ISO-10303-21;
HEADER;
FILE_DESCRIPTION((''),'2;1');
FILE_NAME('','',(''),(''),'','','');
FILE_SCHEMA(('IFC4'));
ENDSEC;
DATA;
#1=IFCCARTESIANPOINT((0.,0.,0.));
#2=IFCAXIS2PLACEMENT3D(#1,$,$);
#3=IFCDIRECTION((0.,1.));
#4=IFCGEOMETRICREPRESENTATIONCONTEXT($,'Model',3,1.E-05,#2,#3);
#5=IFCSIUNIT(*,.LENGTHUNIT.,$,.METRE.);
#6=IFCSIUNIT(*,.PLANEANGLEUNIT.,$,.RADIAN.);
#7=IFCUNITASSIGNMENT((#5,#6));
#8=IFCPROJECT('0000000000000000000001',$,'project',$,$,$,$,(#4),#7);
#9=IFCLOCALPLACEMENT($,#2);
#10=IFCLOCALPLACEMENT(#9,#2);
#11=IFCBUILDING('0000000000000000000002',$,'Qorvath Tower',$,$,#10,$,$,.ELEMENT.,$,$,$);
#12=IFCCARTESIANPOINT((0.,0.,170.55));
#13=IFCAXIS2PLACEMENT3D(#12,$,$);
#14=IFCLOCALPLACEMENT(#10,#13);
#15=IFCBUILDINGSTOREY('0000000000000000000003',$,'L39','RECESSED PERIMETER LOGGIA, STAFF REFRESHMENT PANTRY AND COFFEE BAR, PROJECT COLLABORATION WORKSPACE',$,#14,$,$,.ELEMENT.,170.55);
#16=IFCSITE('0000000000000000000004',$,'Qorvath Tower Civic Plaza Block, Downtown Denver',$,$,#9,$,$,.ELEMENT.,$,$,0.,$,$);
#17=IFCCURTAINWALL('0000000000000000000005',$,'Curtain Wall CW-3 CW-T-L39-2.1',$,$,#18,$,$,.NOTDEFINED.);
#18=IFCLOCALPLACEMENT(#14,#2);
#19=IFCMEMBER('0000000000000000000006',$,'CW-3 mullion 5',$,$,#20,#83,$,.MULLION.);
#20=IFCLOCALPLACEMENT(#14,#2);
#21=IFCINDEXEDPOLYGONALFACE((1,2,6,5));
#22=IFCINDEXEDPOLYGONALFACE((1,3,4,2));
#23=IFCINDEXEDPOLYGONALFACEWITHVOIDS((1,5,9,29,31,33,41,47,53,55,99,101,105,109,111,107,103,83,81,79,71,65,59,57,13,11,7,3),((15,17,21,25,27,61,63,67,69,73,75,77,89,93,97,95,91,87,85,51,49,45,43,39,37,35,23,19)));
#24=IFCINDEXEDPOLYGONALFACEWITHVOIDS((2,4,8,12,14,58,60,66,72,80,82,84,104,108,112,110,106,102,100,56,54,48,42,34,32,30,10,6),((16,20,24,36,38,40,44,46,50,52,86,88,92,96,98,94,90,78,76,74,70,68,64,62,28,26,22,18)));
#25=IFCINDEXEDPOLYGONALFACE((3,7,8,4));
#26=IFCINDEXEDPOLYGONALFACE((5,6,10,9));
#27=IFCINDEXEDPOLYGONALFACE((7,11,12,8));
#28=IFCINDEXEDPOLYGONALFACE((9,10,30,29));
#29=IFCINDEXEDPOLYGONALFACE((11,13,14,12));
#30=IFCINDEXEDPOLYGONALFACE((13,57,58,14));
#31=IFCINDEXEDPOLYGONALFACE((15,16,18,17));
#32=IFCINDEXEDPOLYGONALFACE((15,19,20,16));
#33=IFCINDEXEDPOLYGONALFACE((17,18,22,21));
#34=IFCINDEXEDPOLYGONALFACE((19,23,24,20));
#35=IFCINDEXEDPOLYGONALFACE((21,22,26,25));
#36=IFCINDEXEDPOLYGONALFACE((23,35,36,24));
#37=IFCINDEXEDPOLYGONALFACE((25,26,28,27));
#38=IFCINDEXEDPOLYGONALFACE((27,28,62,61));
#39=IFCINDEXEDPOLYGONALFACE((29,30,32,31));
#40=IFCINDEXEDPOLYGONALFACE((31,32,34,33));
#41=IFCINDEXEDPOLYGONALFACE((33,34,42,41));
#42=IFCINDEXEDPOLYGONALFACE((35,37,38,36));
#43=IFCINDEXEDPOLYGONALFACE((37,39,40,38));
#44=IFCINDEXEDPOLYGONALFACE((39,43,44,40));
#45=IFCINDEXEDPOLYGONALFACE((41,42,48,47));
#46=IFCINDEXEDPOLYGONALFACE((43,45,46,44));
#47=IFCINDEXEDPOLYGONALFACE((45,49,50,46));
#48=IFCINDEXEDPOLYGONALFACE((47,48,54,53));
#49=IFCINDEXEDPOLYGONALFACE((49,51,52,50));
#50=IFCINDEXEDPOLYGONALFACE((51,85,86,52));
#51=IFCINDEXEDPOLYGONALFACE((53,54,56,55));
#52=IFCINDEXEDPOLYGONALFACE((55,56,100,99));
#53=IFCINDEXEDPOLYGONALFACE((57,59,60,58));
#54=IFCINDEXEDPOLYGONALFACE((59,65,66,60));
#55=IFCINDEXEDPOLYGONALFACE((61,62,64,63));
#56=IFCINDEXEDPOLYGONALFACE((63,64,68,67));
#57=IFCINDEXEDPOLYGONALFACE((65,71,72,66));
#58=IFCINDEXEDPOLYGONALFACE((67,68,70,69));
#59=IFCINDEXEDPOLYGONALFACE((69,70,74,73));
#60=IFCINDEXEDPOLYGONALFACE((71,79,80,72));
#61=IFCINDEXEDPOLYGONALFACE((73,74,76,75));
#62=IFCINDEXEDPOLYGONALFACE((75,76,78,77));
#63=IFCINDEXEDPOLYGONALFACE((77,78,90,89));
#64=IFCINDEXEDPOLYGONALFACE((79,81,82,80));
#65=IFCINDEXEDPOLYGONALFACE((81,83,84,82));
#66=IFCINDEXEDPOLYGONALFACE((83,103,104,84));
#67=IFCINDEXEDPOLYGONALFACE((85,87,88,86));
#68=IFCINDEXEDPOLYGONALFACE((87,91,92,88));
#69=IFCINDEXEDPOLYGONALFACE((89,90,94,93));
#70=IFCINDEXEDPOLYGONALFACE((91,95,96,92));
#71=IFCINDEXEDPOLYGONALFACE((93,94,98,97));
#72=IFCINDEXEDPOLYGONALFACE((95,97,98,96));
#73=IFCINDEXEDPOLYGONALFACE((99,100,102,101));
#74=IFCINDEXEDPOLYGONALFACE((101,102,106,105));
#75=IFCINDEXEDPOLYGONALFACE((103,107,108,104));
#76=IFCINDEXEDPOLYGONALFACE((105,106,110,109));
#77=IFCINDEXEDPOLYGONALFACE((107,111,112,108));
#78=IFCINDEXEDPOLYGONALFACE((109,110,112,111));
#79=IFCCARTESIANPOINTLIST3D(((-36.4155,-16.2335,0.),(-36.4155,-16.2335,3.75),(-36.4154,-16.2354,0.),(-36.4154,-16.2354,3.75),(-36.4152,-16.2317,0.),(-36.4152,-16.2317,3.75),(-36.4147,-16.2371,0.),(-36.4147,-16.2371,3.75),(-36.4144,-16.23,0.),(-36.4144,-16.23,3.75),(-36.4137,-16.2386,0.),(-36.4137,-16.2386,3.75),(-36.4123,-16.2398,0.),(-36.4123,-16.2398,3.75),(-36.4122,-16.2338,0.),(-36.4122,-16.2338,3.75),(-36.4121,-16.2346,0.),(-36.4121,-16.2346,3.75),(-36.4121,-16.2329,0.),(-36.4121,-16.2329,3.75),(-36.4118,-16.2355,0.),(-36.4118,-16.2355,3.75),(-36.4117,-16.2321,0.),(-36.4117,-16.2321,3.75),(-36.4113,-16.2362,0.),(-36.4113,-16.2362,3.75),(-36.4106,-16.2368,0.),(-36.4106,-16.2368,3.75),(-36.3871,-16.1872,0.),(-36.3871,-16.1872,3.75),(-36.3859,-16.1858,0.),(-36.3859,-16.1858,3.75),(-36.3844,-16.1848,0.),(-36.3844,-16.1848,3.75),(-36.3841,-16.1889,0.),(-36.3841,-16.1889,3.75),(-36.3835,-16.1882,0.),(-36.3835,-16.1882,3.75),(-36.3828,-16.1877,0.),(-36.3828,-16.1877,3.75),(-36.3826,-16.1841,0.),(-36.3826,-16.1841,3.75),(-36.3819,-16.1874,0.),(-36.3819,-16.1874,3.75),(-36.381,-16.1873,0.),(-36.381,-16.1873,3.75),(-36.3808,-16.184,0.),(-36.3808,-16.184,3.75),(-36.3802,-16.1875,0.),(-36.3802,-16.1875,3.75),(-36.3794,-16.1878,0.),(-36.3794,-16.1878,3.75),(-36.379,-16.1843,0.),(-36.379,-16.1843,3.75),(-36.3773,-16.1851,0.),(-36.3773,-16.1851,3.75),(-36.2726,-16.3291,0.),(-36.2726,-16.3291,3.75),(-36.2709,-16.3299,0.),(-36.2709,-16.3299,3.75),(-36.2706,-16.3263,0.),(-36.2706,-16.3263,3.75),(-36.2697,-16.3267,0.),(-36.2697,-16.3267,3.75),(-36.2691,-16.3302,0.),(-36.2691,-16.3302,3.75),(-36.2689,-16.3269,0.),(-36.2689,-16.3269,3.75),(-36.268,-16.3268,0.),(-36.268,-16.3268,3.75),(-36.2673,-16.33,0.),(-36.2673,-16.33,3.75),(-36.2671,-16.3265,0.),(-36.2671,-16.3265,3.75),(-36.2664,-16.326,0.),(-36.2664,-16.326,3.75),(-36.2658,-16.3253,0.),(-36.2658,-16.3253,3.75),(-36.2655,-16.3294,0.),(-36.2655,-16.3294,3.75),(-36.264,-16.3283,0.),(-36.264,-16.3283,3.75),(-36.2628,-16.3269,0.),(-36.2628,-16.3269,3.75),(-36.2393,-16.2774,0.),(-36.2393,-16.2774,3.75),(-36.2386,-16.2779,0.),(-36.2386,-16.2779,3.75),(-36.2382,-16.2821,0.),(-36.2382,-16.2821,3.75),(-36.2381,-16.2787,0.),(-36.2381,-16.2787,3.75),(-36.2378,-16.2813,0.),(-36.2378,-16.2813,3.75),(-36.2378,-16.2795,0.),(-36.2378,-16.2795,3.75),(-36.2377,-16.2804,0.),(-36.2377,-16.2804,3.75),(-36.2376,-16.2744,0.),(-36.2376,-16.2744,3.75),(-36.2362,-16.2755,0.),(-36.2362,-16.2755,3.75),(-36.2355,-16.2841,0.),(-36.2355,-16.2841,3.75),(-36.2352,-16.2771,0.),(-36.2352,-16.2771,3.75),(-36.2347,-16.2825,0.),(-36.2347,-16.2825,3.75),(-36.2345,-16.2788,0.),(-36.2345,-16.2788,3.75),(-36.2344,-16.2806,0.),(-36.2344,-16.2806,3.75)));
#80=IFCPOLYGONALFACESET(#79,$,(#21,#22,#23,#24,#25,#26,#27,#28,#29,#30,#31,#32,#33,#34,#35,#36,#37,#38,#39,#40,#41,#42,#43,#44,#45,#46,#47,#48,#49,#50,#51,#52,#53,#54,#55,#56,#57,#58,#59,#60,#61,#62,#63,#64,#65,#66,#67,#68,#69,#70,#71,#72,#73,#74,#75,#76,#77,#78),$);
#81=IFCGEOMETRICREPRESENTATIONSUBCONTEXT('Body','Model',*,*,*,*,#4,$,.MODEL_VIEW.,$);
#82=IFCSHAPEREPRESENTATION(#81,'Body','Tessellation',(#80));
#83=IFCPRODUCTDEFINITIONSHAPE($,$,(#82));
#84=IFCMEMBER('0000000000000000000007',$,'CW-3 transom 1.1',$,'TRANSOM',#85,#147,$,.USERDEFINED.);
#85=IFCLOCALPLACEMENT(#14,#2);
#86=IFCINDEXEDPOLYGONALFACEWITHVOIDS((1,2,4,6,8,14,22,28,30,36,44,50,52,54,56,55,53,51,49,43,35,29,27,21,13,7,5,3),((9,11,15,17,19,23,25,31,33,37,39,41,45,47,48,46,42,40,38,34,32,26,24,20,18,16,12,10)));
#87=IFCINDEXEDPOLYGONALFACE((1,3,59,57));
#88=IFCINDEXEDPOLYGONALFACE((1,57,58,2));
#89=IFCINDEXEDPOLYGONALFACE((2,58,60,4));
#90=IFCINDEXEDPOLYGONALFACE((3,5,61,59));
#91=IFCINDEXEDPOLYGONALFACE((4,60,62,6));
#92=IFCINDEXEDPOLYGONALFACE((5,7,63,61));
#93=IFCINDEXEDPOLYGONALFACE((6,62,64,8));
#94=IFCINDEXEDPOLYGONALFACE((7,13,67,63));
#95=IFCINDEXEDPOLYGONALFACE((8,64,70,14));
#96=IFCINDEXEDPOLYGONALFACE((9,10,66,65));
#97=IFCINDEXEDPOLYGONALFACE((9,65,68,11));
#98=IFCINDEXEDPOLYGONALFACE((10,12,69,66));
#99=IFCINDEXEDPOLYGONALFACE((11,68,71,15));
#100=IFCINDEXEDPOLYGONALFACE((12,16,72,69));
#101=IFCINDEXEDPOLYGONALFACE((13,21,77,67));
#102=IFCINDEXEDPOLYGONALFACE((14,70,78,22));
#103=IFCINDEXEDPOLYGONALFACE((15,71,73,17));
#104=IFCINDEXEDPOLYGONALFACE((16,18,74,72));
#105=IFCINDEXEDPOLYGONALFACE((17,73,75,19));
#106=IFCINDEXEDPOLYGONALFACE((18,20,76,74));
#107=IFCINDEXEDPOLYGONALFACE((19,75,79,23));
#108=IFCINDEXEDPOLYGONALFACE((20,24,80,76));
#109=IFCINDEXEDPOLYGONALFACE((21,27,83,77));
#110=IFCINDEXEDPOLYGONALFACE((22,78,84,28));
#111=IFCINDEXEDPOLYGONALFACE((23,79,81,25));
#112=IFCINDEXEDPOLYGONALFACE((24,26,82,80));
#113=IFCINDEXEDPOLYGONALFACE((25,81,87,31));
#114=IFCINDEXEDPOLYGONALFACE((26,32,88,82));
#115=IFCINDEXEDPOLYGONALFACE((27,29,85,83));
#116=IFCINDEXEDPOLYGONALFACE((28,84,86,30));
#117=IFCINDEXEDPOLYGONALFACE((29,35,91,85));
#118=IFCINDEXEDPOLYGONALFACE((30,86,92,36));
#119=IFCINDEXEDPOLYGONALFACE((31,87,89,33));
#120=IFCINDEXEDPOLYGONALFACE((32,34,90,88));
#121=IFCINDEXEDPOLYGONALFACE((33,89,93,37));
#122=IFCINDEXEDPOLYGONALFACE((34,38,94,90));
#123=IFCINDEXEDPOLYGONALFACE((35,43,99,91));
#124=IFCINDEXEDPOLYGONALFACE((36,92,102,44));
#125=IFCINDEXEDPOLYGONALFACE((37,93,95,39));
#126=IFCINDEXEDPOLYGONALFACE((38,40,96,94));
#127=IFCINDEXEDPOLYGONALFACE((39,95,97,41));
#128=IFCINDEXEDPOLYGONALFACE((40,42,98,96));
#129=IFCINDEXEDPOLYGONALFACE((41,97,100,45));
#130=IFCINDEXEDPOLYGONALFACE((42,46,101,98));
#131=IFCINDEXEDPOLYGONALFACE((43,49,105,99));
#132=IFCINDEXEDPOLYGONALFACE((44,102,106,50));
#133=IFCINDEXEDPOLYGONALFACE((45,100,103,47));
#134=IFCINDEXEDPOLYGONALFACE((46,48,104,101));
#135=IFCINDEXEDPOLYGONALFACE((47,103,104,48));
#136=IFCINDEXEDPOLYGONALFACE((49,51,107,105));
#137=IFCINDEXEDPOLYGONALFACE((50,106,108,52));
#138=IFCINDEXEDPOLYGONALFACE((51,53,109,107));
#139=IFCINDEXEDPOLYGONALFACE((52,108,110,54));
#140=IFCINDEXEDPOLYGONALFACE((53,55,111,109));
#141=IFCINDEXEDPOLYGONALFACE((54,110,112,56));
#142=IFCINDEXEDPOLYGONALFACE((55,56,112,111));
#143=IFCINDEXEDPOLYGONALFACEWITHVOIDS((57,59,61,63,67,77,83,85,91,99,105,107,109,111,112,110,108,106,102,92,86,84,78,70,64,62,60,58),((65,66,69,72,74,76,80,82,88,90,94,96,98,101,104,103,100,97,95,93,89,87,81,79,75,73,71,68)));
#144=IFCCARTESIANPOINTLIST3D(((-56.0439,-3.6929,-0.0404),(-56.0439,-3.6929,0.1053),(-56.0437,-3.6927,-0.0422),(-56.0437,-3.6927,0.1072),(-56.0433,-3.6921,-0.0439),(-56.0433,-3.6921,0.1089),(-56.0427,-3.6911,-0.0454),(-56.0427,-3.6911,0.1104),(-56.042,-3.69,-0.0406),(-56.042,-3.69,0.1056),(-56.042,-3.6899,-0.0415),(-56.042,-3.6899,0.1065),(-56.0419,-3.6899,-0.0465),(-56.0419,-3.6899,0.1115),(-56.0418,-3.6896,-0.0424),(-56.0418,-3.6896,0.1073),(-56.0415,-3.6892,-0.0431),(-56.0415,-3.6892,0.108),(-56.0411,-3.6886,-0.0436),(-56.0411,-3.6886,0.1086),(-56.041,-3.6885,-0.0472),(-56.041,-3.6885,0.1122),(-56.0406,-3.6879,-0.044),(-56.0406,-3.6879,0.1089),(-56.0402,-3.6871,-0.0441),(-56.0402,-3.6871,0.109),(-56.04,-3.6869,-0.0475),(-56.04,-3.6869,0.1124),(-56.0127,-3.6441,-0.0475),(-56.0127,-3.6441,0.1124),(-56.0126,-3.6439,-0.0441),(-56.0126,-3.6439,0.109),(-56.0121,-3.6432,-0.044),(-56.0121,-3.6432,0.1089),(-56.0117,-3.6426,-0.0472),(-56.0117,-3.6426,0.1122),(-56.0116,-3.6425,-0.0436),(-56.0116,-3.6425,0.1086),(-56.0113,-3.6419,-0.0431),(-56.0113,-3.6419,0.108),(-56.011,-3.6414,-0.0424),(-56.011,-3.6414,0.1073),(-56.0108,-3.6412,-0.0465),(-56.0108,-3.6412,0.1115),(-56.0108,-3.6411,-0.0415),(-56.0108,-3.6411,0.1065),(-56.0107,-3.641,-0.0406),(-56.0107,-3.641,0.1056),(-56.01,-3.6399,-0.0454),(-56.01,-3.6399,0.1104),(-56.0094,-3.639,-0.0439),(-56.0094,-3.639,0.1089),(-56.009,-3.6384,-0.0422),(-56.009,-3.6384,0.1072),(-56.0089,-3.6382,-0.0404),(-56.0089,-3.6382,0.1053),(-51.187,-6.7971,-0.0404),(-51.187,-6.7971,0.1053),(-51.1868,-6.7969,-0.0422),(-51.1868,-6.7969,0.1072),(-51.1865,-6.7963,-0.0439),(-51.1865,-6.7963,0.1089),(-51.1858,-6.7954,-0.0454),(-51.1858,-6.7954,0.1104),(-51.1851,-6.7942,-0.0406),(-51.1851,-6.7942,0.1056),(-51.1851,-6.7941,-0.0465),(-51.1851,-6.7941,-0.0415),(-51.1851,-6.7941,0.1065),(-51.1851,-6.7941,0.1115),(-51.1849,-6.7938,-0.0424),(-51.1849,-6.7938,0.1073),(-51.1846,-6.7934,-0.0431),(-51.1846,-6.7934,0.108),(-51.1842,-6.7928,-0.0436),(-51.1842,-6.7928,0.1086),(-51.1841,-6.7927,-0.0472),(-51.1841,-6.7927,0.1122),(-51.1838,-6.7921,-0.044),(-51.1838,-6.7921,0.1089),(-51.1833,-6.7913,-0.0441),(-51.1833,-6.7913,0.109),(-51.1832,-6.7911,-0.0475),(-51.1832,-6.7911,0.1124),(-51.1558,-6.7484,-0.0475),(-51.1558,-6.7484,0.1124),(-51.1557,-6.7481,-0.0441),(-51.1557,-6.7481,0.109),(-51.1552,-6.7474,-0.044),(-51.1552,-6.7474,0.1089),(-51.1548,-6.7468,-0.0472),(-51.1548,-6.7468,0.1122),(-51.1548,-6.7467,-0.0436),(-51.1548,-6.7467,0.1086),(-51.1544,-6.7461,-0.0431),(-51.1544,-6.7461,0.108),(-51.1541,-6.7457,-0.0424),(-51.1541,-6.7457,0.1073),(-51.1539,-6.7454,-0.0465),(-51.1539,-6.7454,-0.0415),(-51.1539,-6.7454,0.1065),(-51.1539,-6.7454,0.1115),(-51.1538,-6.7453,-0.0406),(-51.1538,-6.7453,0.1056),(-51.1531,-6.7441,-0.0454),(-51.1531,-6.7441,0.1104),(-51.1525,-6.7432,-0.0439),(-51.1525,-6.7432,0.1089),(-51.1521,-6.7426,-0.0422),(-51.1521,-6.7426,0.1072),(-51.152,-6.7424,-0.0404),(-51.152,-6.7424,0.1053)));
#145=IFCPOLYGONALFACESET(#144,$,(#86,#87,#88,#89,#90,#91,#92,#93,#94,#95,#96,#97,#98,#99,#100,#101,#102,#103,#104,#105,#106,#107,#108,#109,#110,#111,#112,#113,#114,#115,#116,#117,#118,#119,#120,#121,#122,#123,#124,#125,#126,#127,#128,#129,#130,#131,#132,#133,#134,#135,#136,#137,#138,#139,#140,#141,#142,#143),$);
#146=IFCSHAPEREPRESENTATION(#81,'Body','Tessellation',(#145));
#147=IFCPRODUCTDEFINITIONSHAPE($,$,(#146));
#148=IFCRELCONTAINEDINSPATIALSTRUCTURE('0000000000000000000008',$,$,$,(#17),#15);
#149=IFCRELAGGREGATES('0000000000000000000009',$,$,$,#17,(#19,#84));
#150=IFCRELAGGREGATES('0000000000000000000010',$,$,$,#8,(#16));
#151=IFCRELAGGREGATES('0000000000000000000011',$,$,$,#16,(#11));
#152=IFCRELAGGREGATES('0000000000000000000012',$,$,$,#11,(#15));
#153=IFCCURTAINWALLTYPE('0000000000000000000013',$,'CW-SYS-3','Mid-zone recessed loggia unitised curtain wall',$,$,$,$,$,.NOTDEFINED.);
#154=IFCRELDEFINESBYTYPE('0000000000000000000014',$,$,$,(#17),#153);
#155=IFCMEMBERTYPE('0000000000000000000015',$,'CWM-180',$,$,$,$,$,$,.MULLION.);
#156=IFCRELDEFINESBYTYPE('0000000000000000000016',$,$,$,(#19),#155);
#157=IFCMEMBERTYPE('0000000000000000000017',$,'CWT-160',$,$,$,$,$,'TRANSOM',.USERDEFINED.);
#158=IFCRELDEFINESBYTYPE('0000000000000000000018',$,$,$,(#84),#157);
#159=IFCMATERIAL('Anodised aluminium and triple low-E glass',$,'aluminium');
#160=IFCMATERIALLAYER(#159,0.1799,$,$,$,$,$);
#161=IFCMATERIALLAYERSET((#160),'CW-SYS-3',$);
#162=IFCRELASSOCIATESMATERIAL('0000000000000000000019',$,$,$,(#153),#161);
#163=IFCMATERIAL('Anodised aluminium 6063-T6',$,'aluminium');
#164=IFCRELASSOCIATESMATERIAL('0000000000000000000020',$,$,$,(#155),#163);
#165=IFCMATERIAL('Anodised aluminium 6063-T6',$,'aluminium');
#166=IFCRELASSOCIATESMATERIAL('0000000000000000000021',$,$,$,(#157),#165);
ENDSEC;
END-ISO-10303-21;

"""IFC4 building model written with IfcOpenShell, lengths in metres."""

from ifc_helpers import new_model, si_unit, direction, frame, origin, origin_2d, place, context, subcontext, project, spatial, hollow_rectangle, extrude, material, layer, layer_set, material_profile, profile_set, type_object, element, aggregate, save


model = new_model("IFC4")

# Units and contexts
model_context = context("Model", 3, precision=1e-05, world=origin(), true_north=direction((0.0, 1.0)))
body_context = subcontext(model_context, "Body", "Model", "MODEL_VIEW")
ifc_project = project(units=[si_unit("LENGTHUNIT", "METRE"), si_unit("PLANEANGLEUNIT", "RADIAN")], contexts=[model_context])

# Site, building, storey
site_placement = place(None, origin())
site = spatial("IfcSite", under=ifc_project, at=site_placement, Name="Qorvath Tower Civic Plaza Block, Downtown Denver", CompositionType="ELEMENT", RefElevation=0.0)
building_placement = place(site_placement, origin())
building = spatial("IfcBuilding", under=site, at=building_placement, Name="Qorvath Tower", CompositionType="ELEMENT")
storey_placement = place(building_placement, frame((0.0, 0.0, 170.55)))
storey = spatial("IfcBuildingStorey", under=building, at=storey_placement, Name="L39", Description="RECESSED PERIMETER LOGGIA, STAFF REFRESHMENT PANTRY AND COFFEE BAR, PROJECT COLLABORATION WORKSPACE", CompositionType="ELEMENT", Elevation=170.55)

# Curtain wall, members
ifc_material_1 = material(Name="Anodised aluminium and triple low-E glass", Category="aluminium")
ifc_layer_1 = layer(ifc_material_1, 0.1799)
ifc_layer_set_1 = layer_set([ifc_layer_1], Name="CW-SYS-3")
curtain_wall_type = type_object("IfcCurtainWallType", Name="CW-SYS-3", Description="Mid-zone recessed loggia unitised curtain wall", PredefinedType="NOTDEFINED", material=ifc_layer_set_1)
curtain_wall_placement = place(storey_placement, origin())
curtain_wall = element("IfcCurtainWall", 1, at=curtain_wall_placement, inside=storey, type_object=curtain_wall_type, Name="Curtain Wall CW-3 CW-T-L39-2.1", PredefinedType="NOTDEFINED")
ifc_material_2 = material(Name="Anodised aluminium 6063-T6", Category="aluminium")
ifc_material_profile_1 = material_profile(ifc_material_2, hollow_rectangle(XDim=0.0649, YDim=0.1799, WallThickness=0.0034, InnerFilletRadius=0.0034, OuterFilletRadius=0.0071, at=origin_2d()), Name="CWM 180x65")
ifc_profile_set_1 = profile_set([ifc_material_profile_1], Name="Anodised aluminium 6063-T6")
member_type_1 = type_object("IfcMemberType", Name="CWM-180", PredefinedType="MULLION", material=ifc_profile_set_1)
member_1_placement = place(storey_placement, frame((-36.325, -16.2571, 0.0), z_axis=(0.0, 0.0, 1.0), x_axis=(0.538529, 0.842607, 0.0)))
member_1 = element("IfcMember", 2, at=member_1_placement, type_object=member_type_1, Name="CW-3 mullion 5", PredefinedType="MULLION", context=body_context, shape_type="SweptSolid", body=[
    extrude(hollow_rectangle(XDim=0.0649, YDim=0.1799, WallThickness=0.0034, InnerFilletRadius=0.0034, OuterFilletRadius=0.0071, at=origin_2d()), origin(), (0.0, 0.0, 1.0), 3.75),
])
ifc_material_3 = material(Name="Anodised aluminium 6063-T6", Category="aluminium")
ifc_material_profile_2 = material_profile(ifc_material_3, hollow_rectangle(XDim=0.0649, YDim=0.1599, WallThickness=0.0034, InnerFilletRadius=0.0034, OuterFilletRadius=0.0071, at=origin_2d()), Name="CWT 160x65")
ifc_profile_set_2 = profile_set([ifc_material_profile_2], Name="Anodised aluminium 6063-T6")
member_type_2 = type_object("IfcMemberType", Name="CWT-160", ElementType="TRANSOM", PredefinedType="USERDEFINED", material=ifc_profile_set_2)
member_2_placement = place(storey_placement, frame((-56.0264, -3.6655, 0.0325), z_axis=(0.842601, -0.538538, 0.0), x_axis=(0.538538, 0.842601, 0.0)))
member_2 = element("IfcMember", 3, at=member_2_placement, type_object=member_type_2, Name="CW-3 transom 1.1", ObjectType="TRANSOM", PredefinedType="USERDEFINED", context=body_context, shape_type="SweptSolid", body=[
    extrude(hollow_rectangle(XDim=0.0649, YDim=0.1599, WallThickness=0.0034, InnerFilletRadius=0.0034, OuterFilletRadius=0.0071, at=origin_2d()), origin(), (0.0, 0.0, 1.0), 5.7642),
])
aggregate(curtain_wall, [member_1, member_2])

save(model, "model.ifc")
